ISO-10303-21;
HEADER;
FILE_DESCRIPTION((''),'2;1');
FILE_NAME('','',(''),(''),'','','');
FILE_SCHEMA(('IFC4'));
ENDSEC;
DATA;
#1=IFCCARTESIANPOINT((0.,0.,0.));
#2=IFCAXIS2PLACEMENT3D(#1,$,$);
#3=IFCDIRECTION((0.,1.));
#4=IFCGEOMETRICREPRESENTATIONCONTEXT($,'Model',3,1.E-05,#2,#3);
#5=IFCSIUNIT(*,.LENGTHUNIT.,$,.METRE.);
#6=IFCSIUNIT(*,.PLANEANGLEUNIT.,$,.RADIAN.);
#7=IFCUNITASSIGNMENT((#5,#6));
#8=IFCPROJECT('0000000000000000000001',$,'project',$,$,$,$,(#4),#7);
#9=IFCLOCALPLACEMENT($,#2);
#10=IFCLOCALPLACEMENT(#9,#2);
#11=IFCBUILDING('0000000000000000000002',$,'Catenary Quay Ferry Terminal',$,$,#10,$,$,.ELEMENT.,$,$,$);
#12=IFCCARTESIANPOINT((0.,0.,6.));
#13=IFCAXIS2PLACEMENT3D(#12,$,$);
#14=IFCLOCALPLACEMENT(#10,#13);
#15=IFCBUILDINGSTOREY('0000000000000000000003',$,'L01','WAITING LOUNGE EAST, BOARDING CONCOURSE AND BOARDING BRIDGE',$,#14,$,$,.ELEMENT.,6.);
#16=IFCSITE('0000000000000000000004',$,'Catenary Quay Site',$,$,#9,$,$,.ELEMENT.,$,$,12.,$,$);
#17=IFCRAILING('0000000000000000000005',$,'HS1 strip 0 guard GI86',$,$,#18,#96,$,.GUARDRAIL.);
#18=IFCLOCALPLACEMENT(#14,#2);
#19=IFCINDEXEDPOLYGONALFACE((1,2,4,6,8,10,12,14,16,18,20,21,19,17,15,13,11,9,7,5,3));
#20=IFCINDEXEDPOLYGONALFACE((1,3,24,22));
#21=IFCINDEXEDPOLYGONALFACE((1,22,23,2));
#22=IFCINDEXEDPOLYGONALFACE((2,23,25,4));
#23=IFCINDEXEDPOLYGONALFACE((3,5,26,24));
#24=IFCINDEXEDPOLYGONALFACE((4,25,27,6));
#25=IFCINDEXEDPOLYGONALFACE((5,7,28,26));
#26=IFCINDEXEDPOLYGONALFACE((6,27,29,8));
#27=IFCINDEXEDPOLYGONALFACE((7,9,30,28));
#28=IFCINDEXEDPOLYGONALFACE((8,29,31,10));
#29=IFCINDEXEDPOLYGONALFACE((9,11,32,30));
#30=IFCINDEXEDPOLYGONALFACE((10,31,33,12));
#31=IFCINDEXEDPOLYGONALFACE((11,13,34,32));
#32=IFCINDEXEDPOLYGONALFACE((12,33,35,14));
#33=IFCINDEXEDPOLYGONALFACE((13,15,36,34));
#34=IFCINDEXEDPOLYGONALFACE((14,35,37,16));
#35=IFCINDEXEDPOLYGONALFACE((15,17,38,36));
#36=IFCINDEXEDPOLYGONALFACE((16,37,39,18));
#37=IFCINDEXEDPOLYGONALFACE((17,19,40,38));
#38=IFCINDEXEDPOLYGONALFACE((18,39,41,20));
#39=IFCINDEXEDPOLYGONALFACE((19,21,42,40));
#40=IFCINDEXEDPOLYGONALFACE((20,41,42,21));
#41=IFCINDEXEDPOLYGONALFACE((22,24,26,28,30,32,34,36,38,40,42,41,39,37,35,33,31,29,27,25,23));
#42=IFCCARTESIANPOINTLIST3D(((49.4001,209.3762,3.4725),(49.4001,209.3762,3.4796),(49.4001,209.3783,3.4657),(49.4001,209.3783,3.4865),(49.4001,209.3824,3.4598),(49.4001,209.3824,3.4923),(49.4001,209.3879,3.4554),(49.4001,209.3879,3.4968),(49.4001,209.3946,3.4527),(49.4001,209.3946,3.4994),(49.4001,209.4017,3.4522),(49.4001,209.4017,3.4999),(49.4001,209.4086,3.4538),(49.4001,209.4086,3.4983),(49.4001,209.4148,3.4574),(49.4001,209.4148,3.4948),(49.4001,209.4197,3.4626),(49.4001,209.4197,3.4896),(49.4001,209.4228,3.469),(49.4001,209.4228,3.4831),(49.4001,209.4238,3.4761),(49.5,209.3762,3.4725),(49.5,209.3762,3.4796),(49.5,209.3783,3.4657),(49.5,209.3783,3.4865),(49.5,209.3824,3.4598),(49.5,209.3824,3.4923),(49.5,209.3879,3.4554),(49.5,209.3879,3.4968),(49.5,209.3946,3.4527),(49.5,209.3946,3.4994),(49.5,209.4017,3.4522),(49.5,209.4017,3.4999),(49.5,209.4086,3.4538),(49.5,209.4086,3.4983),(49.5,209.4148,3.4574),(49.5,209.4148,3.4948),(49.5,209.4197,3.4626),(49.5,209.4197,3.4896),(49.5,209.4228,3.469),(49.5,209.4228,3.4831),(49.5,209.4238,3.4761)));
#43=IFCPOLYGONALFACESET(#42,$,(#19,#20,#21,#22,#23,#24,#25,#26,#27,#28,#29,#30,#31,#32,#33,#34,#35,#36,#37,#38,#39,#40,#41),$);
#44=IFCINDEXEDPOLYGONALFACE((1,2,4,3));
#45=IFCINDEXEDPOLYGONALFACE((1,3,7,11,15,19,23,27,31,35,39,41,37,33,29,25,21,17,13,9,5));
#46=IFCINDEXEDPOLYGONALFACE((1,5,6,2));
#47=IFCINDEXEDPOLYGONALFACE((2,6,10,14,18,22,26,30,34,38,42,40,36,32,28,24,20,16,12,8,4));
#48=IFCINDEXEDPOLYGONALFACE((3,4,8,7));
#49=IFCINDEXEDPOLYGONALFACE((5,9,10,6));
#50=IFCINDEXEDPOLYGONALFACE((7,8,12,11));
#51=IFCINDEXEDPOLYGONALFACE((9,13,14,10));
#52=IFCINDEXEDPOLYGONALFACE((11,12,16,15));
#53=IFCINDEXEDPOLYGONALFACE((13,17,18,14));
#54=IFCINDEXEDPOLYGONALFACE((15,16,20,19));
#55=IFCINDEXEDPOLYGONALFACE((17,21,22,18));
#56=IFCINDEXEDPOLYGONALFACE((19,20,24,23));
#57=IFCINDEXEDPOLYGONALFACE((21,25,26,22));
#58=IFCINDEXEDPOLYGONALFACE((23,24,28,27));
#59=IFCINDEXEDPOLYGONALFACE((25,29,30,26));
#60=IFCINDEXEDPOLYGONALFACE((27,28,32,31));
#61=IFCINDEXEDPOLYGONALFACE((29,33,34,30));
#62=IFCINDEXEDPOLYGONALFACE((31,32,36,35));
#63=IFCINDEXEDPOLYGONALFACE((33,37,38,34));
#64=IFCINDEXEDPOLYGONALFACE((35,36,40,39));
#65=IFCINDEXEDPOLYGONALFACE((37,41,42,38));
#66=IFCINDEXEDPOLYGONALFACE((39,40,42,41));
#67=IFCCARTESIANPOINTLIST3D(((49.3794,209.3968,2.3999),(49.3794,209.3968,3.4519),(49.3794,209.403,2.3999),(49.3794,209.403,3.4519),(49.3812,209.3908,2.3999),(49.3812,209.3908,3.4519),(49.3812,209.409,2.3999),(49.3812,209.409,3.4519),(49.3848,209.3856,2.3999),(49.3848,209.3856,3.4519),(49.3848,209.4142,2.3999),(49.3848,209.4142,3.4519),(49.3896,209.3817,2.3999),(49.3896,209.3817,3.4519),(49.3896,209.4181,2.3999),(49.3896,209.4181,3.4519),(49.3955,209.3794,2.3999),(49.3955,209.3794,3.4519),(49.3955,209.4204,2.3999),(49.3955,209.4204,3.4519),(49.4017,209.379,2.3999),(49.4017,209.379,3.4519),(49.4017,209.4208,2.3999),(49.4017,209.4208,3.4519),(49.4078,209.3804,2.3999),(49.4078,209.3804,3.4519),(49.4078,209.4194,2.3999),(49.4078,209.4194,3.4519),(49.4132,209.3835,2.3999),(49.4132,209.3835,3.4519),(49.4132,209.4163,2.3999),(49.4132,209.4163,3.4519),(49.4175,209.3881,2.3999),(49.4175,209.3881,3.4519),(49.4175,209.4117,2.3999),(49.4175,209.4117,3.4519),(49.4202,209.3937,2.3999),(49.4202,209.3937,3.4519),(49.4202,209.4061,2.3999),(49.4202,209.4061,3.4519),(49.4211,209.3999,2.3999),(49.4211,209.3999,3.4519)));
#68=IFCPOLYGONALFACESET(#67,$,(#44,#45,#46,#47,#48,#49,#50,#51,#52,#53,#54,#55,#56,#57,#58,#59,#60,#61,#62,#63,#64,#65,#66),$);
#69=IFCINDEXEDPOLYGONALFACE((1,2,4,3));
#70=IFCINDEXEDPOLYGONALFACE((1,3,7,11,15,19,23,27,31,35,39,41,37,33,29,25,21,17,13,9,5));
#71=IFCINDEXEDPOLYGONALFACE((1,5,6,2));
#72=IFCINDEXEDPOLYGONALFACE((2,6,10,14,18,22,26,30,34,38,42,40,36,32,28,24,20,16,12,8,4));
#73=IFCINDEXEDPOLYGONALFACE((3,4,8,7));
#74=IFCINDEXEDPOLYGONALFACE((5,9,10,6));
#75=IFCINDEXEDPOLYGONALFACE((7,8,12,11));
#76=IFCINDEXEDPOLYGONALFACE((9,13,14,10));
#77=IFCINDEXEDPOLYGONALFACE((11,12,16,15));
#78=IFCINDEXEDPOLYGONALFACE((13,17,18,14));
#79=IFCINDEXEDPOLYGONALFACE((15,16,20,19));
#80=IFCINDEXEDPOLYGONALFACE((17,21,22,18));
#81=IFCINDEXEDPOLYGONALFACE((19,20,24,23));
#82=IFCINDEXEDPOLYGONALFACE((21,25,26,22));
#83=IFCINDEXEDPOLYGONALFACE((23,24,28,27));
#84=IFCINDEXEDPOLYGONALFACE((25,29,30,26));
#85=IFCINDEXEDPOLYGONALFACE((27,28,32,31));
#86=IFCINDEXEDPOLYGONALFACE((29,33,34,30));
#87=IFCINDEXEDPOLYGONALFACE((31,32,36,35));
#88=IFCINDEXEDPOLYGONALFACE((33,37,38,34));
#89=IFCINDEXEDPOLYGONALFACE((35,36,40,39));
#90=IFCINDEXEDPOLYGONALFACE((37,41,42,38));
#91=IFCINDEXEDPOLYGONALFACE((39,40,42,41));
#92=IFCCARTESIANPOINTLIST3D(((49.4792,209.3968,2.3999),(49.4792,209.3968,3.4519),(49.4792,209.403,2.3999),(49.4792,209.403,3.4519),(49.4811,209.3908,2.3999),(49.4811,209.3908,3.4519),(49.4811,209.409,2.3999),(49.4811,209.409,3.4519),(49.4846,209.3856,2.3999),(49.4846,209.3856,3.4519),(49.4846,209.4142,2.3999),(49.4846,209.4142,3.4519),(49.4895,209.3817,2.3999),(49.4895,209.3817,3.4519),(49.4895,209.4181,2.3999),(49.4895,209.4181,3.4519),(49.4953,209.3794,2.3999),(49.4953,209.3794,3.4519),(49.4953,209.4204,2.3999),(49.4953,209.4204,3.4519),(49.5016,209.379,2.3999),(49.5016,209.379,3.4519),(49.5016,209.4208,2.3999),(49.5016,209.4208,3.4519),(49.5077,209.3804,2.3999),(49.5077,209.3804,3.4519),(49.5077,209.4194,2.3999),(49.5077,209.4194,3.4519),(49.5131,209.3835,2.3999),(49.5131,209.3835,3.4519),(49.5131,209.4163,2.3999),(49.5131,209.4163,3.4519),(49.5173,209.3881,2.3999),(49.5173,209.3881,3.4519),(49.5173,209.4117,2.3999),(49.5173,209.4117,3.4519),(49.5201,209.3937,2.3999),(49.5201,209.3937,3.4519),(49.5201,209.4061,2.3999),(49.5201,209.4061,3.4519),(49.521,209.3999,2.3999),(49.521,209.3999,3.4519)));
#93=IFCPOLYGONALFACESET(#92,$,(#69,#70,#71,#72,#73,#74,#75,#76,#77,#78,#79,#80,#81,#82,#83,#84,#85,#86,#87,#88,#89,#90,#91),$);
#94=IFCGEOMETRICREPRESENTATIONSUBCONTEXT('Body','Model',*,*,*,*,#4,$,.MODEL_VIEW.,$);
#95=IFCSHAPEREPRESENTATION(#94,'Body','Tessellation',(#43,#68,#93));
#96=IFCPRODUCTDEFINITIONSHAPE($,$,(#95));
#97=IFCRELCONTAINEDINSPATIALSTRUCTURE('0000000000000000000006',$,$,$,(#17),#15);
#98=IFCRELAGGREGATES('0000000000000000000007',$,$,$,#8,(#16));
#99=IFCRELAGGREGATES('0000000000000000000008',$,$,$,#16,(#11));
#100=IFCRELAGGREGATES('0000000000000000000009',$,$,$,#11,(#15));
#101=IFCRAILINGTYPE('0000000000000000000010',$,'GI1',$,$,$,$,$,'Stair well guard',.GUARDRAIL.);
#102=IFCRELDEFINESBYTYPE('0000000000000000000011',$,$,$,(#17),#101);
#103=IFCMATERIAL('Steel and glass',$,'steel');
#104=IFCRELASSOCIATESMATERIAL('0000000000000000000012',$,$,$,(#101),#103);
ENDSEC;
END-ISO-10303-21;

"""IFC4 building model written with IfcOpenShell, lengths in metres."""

from ifc_helpers import new_model, si_unit, direction, frame, origin, origin_2d, place, context, subcontext, project, spatial, circle, extrude, material, type_object, element, save


model = new_model("IFC4")

# Units and contexts
model_context = context("Model", 3, precision=1e-05, world=origin(), true_north=direction((0.0, 1.0)))
body_context = subcontext(model_context, "Body", "Model", "MODEL_VIEW")
ifc_project = project(units=[si_unit("LENGTHUNIT", "METRE"), si_unit("PLANEANGLEUNIT", "RADIAN")], contexts=[model_context])

# Site, building, storey
site_placement = place(None, origin())
site = spatial("IfcSite", under=ifc_project, at=site_placement, Name="Catenary Quay Site", CompositionType="ELEMENT", RefElevation=12.0)
building_placement = place(site_placement, origin())
building = spatial("IfcBuilding", under=site, at=building_placement, Name="Catenary Quay Ferry Terminal", CompositionType="ELEMENT")
storey_placement = place(building_placement, frame((0.0, 0.0, 6.0)))
storey = spatial("IfcBuildingStorey", under=building, at=storey_placement, Name="L01", Description="WAITING LOUNGE EAST, BOARDING CONCOURSE AND BOARDING BRIDGE", CompositionType="ELEMENT", Elevation=6.0)

# Railing
ifc_material_1 = material(Name="Steel and glass", Category="steel")
railing_type_1 = type_object("IfcRailingType", Name="GI1", ElementType="Stair well guard", PredefinedType="GUARDRAIL", material=ifc_material_1)
railing_1_placement = place(storey_placement, frame((49.4001, 209.3999, 2.3999)))
element("IfcRailing", 1, at=railing_1_placement, inside=storey, type_object=railing_type_1, Name="HS1 strip 0 guard GI86", PredefinedType="GUARDRAIL", context=body_context, shape_type="SweptSolid", body=[
    extrude(circle(Radius=0.0239, at=origin_2d()), frame((0.0, 0.0, 1.0762), z_axis=(1.0, 0.0, 0.0), x_axis=(0.0, 1.0, 0.0)), (0.0, 0.0, 1.0), 0.0999),
    extrude(circle(Radius=0.021, at=origin_2d()), origin(), (0.0, 0.0, 1.0), 1.052),
    extrude(circle(Radius=0.021, at=origin_2d()), frame((0.0999, 0.0, 0.0)), (0.0, 0.0, 1.0), 1.052),
])

save(model, "model.ifc")
